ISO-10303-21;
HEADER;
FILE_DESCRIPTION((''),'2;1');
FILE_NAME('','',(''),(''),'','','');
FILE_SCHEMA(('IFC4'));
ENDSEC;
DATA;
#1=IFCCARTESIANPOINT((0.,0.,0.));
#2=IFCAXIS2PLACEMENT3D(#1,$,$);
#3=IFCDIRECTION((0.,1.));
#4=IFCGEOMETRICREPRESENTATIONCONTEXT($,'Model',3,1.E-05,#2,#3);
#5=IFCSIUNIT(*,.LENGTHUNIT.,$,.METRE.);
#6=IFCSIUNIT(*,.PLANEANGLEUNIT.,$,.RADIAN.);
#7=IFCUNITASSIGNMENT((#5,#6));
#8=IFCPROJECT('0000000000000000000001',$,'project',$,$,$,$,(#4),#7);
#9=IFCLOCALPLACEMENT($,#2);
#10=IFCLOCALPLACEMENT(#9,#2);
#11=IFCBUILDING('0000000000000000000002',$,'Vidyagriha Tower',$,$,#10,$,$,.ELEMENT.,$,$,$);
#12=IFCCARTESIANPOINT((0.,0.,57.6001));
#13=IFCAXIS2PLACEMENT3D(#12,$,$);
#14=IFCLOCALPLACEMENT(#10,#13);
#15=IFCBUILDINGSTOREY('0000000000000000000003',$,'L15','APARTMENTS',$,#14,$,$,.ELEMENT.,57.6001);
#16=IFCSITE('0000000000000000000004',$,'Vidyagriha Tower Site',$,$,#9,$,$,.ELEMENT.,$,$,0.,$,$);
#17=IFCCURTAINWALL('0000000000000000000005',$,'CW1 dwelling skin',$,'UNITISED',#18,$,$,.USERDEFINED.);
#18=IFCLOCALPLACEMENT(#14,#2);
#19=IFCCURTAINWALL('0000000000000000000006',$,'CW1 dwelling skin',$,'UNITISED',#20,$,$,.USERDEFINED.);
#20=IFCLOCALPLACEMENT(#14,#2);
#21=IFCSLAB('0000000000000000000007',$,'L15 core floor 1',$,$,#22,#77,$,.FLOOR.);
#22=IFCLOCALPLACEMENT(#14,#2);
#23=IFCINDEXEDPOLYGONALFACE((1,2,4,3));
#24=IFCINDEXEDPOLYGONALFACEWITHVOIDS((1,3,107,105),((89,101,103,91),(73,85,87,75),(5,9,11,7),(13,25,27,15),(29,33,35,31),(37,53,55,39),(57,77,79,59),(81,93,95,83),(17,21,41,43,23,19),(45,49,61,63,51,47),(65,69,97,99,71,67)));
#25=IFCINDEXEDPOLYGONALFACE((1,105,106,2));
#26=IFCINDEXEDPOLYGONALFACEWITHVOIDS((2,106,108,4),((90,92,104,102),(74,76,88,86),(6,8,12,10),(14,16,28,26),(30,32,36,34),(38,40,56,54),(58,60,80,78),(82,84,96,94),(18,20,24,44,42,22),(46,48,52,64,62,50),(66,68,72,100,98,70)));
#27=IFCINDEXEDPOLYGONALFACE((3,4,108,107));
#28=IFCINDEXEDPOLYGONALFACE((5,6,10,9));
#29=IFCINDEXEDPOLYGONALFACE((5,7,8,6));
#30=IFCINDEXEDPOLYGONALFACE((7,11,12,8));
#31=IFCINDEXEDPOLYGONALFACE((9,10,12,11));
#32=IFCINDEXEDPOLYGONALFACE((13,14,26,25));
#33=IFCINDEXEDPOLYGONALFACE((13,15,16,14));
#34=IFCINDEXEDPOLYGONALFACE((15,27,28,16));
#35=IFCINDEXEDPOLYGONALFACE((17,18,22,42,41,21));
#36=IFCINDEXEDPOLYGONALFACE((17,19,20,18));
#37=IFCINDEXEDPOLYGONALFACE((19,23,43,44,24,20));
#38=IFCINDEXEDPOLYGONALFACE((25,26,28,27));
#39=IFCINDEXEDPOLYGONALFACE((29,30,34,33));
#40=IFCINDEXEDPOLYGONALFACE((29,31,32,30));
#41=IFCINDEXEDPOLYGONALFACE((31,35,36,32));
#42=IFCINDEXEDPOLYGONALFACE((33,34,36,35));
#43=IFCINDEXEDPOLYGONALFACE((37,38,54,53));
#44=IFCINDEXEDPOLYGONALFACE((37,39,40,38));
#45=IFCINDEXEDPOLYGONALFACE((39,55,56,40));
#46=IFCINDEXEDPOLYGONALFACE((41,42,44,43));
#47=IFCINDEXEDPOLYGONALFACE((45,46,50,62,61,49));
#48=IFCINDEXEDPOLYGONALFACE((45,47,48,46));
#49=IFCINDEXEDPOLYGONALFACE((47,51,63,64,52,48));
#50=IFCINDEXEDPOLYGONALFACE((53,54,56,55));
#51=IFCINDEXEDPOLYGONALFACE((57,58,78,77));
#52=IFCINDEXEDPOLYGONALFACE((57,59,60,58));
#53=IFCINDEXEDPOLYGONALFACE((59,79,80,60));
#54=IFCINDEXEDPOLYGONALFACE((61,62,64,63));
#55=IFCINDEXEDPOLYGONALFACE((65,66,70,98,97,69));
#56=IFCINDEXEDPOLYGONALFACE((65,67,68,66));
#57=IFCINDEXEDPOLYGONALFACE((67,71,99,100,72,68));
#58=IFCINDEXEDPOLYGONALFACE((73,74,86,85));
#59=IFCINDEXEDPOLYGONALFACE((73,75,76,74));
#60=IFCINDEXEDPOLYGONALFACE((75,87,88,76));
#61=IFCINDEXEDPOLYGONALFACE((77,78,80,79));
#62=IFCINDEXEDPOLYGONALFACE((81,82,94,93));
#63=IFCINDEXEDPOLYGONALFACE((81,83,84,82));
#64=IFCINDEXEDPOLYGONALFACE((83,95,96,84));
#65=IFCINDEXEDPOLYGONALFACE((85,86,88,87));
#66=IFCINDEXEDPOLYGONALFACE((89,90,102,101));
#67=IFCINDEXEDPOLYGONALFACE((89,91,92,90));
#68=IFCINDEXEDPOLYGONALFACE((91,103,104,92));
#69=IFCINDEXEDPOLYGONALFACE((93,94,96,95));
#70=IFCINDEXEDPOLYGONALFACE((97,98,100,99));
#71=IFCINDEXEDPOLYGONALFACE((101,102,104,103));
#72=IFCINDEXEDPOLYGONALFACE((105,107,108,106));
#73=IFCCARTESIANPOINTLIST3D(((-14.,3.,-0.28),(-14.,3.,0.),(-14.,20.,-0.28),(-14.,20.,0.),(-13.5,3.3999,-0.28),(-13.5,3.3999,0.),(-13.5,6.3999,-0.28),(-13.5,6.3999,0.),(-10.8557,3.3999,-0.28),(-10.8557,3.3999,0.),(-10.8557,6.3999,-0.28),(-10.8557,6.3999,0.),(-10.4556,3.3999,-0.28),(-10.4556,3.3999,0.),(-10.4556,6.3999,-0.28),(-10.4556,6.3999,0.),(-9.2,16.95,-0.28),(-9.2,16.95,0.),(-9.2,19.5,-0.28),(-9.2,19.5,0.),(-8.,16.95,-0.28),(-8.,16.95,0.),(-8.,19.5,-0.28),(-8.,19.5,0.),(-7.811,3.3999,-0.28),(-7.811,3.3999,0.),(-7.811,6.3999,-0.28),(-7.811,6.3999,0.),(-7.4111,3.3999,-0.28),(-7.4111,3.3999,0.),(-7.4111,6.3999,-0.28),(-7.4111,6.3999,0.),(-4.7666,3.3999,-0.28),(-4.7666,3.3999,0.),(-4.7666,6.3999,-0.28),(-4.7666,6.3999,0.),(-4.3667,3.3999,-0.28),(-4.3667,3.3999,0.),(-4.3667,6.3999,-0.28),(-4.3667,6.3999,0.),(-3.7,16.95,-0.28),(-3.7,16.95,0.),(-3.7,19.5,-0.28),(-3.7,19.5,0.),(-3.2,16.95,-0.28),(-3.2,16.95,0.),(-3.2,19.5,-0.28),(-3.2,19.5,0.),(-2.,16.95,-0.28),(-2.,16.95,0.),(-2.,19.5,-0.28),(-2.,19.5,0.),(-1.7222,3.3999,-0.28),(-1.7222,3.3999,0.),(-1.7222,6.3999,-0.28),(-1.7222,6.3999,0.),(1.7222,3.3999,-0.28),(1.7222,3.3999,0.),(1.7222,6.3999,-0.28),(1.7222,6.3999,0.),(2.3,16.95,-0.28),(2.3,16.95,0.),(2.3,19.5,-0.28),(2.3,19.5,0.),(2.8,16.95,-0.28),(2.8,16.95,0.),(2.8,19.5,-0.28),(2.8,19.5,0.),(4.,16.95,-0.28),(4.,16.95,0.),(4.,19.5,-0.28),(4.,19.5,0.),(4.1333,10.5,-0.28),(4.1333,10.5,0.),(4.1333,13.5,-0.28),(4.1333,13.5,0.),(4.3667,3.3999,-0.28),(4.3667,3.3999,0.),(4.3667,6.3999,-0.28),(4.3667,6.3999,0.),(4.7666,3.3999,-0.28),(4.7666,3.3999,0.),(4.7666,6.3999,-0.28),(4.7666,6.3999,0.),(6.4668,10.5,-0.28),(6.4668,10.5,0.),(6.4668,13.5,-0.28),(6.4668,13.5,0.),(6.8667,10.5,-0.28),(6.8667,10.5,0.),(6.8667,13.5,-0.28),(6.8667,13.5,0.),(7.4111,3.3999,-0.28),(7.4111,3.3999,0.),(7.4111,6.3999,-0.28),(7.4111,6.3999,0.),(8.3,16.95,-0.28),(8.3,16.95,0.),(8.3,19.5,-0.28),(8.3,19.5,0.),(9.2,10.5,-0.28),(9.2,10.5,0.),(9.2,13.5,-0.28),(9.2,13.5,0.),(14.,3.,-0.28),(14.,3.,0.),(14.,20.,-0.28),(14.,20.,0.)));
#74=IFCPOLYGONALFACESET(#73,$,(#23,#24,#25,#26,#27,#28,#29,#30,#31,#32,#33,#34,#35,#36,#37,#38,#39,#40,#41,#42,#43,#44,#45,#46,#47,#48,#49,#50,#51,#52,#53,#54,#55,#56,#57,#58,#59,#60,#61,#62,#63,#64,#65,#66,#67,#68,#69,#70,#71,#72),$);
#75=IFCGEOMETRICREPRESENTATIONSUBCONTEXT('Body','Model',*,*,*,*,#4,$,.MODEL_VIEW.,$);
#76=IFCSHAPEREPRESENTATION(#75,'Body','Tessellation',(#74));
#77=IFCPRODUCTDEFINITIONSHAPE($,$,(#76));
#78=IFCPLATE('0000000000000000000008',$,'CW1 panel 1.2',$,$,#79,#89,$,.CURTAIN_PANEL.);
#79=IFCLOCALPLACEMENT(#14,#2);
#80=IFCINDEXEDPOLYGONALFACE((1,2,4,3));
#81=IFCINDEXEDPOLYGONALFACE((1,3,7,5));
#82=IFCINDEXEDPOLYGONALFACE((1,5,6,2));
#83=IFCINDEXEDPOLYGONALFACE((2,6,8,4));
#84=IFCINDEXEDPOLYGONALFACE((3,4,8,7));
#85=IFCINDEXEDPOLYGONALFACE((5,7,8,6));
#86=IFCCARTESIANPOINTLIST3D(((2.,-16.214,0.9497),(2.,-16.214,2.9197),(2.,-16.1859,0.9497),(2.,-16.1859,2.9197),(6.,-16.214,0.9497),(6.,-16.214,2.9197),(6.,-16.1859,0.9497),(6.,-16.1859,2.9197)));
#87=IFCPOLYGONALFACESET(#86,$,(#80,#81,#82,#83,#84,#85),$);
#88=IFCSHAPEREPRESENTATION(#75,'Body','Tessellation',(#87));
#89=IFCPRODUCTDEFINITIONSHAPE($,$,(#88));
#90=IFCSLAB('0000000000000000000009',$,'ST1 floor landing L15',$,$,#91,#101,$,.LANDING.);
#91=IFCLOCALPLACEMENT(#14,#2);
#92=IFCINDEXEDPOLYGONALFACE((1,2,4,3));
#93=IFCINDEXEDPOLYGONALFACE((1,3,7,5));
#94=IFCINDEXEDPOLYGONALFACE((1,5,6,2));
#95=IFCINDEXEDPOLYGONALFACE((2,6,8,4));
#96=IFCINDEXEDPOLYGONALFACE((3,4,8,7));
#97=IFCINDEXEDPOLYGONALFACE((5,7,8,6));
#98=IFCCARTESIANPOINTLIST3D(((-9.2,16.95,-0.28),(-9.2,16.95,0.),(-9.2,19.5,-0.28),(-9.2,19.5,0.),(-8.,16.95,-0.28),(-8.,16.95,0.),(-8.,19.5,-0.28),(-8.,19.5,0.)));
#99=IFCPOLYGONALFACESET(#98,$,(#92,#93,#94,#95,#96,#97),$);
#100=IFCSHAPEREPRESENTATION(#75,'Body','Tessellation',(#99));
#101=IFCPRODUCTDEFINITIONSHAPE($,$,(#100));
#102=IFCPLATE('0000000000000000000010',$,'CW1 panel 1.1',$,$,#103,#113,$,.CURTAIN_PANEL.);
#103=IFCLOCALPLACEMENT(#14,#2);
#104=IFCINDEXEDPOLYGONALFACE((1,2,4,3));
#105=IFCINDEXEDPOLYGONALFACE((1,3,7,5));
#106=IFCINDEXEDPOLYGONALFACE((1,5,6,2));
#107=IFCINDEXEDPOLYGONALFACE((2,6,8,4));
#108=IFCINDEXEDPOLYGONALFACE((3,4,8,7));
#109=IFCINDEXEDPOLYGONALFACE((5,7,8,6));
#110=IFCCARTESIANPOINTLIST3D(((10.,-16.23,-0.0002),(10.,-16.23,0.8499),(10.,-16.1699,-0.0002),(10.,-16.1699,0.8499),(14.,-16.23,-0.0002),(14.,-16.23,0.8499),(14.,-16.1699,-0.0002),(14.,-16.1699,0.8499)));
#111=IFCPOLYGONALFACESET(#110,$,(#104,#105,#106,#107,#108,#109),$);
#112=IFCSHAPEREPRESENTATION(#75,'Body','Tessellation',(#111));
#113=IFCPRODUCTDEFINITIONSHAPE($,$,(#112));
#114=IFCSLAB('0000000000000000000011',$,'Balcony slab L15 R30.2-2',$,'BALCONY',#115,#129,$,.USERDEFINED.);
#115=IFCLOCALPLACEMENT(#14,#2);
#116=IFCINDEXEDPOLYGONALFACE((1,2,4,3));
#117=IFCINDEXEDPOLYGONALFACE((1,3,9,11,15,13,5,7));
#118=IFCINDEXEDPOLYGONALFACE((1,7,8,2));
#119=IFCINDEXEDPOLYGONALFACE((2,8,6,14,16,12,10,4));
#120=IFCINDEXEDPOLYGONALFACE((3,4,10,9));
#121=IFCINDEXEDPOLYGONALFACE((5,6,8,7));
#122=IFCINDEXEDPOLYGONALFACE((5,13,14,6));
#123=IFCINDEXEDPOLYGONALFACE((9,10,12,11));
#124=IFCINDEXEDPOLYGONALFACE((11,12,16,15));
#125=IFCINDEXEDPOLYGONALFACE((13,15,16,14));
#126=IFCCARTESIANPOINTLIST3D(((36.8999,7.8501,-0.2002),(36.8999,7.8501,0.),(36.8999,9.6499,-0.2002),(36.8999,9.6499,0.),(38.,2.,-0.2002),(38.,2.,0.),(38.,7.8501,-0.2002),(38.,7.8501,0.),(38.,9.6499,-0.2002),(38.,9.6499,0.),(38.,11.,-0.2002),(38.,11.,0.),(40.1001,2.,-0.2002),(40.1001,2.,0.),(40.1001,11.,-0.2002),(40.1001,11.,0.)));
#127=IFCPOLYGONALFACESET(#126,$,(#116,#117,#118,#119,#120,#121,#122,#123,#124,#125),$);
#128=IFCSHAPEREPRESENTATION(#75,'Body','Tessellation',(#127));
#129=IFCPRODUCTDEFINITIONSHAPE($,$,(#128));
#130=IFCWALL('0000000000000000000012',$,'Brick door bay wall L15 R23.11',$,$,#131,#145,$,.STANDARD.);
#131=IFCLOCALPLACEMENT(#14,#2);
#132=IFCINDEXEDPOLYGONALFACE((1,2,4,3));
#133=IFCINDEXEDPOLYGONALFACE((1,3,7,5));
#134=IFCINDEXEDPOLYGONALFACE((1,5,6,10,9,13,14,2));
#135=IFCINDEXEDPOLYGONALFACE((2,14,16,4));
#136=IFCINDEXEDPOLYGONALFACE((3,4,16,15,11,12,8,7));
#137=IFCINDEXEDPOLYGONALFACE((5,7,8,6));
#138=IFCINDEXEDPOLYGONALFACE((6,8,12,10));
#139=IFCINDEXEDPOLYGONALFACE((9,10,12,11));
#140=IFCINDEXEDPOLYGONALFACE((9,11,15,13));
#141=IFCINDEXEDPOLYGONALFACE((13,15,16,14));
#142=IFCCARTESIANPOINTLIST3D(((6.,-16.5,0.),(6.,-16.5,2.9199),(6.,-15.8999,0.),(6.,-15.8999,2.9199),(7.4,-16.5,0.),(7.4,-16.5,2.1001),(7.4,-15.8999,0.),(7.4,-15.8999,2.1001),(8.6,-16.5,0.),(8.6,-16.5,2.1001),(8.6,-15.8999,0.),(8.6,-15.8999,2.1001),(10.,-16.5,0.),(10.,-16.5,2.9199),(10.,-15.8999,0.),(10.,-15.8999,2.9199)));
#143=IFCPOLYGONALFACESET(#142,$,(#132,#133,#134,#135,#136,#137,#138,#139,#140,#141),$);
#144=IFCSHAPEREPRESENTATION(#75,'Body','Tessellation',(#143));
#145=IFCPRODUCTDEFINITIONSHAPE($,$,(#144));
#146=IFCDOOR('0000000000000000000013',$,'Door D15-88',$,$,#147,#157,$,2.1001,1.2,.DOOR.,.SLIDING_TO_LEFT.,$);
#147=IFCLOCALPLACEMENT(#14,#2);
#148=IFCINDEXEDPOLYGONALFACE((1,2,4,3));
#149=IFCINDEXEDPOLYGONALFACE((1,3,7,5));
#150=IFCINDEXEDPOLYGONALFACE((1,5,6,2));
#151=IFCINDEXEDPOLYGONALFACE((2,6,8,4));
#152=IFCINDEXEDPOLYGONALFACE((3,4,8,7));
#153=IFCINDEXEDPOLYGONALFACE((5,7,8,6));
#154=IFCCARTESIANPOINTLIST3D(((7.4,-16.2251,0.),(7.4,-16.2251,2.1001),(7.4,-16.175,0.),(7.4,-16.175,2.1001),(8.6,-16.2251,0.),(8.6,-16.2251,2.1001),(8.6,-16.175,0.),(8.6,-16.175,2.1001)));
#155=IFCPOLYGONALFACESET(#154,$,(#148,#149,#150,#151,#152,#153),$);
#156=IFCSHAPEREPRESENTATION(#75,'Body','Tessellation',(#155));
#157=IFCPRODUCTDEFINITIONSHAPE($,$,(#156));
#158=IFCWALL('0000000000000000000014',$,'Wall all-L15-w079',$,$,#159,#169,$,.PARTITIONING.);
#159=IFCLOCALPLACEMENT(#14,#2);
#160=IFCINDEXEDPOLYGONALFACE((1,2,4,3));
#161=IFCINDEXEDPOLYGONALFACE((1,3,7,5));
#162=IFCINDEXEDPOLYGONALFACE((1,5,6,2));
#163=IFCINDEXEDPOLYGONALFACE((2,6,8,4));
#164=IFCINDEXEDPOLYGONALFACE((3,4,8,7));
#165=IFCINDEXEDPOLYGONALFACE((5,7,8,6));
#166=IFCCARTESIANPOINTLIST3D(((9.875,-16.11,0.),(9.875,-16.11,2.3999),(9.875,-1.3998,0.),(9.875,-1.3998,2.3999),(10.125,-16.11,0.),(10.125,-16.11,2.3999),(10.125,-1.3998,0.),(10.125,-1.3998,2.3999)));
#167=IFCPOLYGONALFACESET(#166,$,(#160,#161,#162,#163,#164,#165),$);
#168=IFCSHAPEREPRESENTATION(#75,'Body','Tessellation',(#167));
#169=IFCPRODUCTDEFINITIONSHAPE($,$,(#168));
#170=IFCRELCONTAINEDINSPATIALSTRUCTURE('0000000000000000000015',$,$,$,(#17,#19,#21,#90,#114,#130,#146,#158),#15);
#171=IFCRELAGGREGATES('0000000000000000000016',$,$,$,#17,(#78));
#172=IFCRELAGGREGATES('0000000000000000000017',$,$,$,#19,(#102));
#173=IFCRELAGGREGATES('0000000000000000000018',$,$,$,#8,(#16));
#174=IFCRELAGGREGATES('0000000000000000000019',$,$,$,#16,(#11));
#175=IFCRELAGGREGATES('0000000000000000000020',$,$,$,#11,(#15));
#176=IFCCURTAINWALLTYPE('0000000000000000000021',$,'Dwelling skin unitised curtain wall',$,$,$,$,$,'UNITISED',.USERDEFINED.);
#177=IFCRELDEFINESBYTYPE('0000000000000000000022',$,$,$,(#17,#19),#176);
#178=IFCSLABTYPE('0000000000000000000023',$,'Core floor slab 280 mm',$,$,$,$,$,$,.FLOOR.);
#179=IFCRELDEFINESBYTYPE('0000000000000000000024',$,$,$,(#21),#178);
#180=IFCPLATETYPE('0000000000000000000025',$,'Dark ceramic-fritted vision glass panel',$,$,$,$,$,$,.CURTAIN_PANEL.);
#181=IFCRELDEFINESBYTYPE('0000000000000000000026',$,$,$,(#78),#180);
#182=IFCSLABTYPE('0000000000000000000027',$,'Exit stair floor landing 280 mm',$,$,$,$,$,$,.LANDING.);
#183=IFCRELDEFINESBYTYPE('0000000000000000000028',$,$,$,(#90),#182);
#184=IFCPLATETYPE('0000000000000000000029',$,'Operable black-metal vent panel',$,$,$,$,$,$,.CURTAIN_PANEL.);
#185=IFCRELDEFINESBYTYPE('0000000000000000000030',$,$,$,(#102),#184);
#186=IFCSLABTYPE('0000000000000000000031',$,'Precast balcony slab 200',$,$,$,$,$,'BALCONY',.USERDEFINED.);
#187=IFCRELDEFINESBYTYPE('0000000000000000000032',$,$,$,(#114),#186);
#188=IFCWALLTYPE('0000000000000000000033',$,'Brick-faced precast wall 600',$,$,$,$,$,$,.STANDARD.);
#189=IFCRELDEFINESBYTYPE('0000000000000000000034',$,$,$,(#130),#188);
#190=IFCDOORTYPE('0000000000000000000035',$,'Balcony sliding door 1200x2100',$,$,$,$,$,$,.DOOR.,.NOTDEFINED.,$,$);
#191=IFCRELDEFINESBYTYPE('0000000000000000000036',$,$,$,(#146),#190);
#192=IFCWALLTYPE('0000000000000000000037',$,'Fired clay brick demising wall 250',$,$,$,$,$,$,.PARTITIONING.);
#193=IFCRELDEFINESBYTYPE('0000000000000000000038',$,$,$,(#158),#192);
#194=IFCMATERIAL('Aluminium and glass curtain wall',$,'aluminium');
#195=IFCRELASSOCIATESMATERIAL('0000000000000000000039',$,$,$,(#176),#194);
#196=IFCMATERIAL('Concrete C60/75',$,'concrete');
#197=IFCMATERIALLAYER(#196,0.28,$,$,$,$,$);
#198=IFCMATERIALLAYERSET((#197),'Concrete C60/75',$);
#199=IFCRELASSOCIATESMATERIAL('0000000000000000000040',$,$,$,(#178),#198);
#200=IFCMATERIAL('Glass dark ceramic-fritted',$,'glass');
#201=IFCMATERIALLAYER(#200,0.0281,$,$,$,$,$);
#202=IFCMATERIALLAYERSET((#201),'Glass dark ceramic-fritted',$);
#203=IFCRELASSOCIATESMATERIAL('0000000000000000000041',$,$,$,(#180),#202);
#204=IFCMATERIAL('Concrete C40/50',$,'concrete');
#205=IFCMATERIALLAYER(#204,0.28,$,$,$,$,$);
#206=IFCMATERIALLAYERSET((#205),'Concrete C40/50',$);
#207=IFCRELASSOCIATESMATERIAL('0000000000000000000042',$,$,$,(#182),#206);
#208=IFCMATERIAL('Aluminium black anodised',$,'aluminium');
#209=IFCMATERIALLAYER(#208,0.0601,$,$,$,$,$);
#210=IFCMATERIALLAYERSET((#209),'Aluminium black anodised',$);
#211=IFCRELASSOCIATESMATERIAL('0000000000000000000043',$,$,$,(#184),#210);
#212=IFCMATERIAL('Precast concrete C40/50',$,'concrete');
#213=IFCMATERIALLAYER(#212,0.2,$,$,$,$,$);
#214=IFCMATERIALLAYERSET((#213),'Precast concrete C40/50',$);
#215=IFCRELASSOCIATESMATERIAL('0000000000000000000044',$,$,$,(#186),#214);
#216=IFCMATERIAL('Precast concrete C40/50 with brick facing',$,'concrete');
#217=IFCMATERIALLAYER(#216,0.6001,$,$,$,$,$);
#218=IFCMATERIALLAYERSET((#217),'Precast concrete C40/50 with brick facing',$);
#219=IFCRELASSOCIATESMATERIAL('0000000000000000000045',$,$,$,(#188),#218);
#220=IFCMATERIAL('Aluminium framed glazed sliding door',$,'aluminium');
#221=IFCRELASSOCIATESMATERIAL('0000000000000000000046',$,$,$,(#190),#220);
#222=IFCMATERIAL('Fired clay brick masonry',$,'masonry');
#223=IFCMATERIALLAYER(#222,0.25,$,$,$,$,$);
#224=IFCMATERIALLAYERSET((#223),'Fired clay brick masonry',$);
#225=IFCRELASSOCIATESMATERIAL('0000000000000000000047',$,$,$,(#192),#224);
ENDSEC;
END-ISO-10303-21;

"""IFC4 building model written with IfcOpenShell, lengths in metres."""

from ifc_helpers import new_model, si_unit, direction, frame, frame_2d, origin, origin_2d, place, context, subcontext, project, spatial, polyline, rectangle, outline, extrude, material, layer, layer_set, type_object, element, fill, aggregate, save


model = new_model("IFC4")

# Units and contexts
model_context = context("Model", 3, precision=1e-05, world=origin(), true_north=direction((0.0, 1.0)))
body_context = subcontext(model_context, "Body", "Model", "MODEL_VIEW")
ifc_project = project(units=[si_unit("LENGTHUNIT", "METRE"), si_unit("PLANEANGLEUNIT", "RADIAN")], contexts=[model_context])

# Site, building, storey
site_placement = place(None, origin())
site = spatial("IfcSite", under=ifc_project, at=site_placement, Name="Vidyagriha Tower Site", CompositionType="ELEMENT", RefElevation=0.0)
building_placement = place(site_placement, origin())
building = spatial("IfcBuilding", under=site, at=building_placement, Name="Vidyagriha Tower", CompositionType="ELEMENT")
storey_placement = place(building_placement, frame((0.0, 0.0, 57.6001)))
storey = spatial("IfcBuildingStorey", under=building, at=storey_placement, Name="L15", Description="APARTMENTS", CompositionType="ELEMENT", Elevation=57.6001)

# Curtain walls
ifc_material_1 = material(Name="Aluminium and glass curtain wall", Category="aluminium")
curtain_wall_type = type_object("IfcCurtainWallType", Name="Dwelling skin unitised curtain wall", ElementType="UNITISED", PredefinedType="USERDEFINED", material=ifc_material_1)
curtain_wall_1_placement = place(storey_placement, origin())
curtain_wall_1 = element("IfcCurtainWall", 1, at=curtain_wall_1_placement, inside=storey, type_object=curtain_wall_type, Name="CW1 dwelling skin", ObjectType="UNITISED", PredefinedType="USERDEFINED")
curtain_wall_2_placement = place(storey_placement, origin())
curtain_wall_2 = element("IfcCurtainWall", 2, at=curtain_wall_2_placement, inside=storey, type_object=curtain_wall_type, Name="CW1 dwelling skin", ObjectType="UNITISED", PredefinedType="USERDEFINED")

# Slab
ifc_material_2 = material(Name="Concrete C60/75", Category="concrete")
ifc_layer_1 = layer(ifc_material_2, 0.28)
ifc_layer_set_1 = layer_set([ifc_layer_1], Name="Concrete C60/75")
slab_type_1 = type_object("IfcSlabType", Name="Core floor slab 280 mm", PredefinedType="FLOOR", material=ifc_layer_set_1)
slab_1_placement = place(storey_placement, frame((0.0, 0.0, -0.28)))
element("IfcSlab", 3, at=slab_1_placement, inside=storey, type_object=slab_type_1, Name="L15 core floor 1", PredefinedType="FLOOR", context=body_context, shape_type="SweptSolid", body=[
    extrude(outline(polyline([(-14.0, 3.0), (-14.0, 20.0), (14.0, 20.0), (14.0, 3.0), (-14.0, 3.0)]), holes=[polyline([(9.2, 13.5), (6.8667, 13.5), (6.8667, 10.5), (9.2, 10.5), (9.2, 13.5)]), polyline([(4.0, 19.5), (2.8, 19.5), (2.8, 16.95), (4.0, 16.95), (8.3, 16.95), (8.3, 19.5), (4.0, 19.5)]), polyline([(7.4111, 6.3999), (4.7666, 6.3999), (4.7666, 3.3999), (7.4111, 3.3999), (7.4111, 6.3999)]), polyline([(6.4668, 13.5), (4.1333, 13.5), (4.1333, 10.5), (6.4668, 10.5), (6.4668, 13.5)]), polyline([(1.7222, 6.3999), (1.7222, 3.3999), (4.3667, 3.3999), (4.3667, 6.3999), (1.7222, 6.3999)]), polyline([(-2.0, 16.95), (2.3, 16.95), (2.3, 19.5), (-2.0, 19.5), (-3.2, 19.5), (-3.2, 16.95), (-2.0, 16.95)]), polyline([(-1.7222, 6.3999), (-4.3667, 6.3999), (-4.3667, 3.3999), (-1.7222, 3.3999), (-1.7222, 6.3999)]), polyline([(-8.0, 19.5), (-9.2, 19.5), (-9.2, 16.95), (-8.0, 16.95), (-3.7, 16.95), (-3.7, 19.5), (-8.0, 19.5)]), polyline([(-4.7666, 6.3999), (-7.4111, 6.3999), (-7.4111, 3.3999), (-4.7666, 3.3999), (-4.7666, 6.3999)]), polyline([(-7.811, 6.3999), (-10.4556, 6.3999), (-10.4556, 3.3999), (-7.811, 3.3999), (-7.811, 6.3999)]), polyline([(-13.5, 6.3999), (-13.5, 3.3999), (-10.8557, 3.3999), (-10.8557, 6.3999), (-13.5, 6.3999)])]), origin(), (0.0, 0.0, 1.0), 0.28),
])

# Plate
ifc_material_3 = material(Name="Glass dark ceramic-fritted", Category="glass")
ifc_layer_2 = layer(ifc_material_3, 0.0281)
ifc_layer_set_2 = layer_set([ifc_layer_2], Name="Glass dark ceramic-fritted")
plate_type_1 = type_object("IfcPlateType", Name="Dark ceramic-fritted vision glass panel", PredefinedType="CURTAIN_PANEL", material=ifc_layer_set_2)
plate_1_placement = place(storey_placement, frame((4.0, -16.2, 0.9497)))
plate_1 = element("IfcPlate", 4, at=plate_1_placement, type_object=plate_type_1, Name="CW1 panel 1.2", PredefinedType="CURTAIN_PANEL", context=body_context, shape_type="SweptSolid", body=[
    extrude(rectangle(XDim=4.0, YDim=0.0281, at=origin_2d()), origin(), (0.0, 0.0, 1.0), 1.97),
])
aggregate(curtain_wall_1, [plate_1])

# Slab
ifc_material_4 = material(Name="Concrete C40/50", Category="concrete")
ifc_layer_3 = layer(ifc_material_4, 0.28)
ifc_layer_set_3 = layer_set([ifc_layer_3], Name="Concrete C40/50")
slab_type_2 = type_object("IfcSlabType", Name="Exit stair floor landing 280 mm", PredefinedType="LANDING", material=ifc_layer_set_3)
slab_2_placement = place(storey_placement, frame((0.0, 0.0, -0.28)))
element("IfcSlab", 5, at=slab_2_placement, inside=storey, type_object=slab_type_2, Name="ST1 floor landing L15", PredefinedType="LANDING", context=body_context, shape_type="SweptSolid", body=[
    extrude(outline(polyline([(-9.2, 16.95), (-8.0, 16.95), (-8.0, 19.5), (-9.2, 19.5), (-9.2, 16.95)])), origin(), (0.0, 0.0, 1.0), 0.28),
])

# Plate
ifc_material_5 = material(Name="Aluminium black anodised", Category="aluminium")
ifc_layer_4 = layer(ifc_material_5, 0.0601)
ifc_layer_set_4 = layer_set([ifc_layer_4], Name="Aluminium black anodised")
plate_type_2 = type_object("IfcPlateType", Name="Operable black-metal vent panel", PredefinedType="CURTAIN_PANEL", material=ifc_layer_set_4)
plate_2_placement = place(storey_placement, frame((12.0, -16.2, -0.0002)))
plate_2 = element("IfcPlate", 6, at=plate_2_placement, type_object=plate_type_2, Name="CW1 panel 1.1", PredefinedType="CURTAIN_PANEL", context=body_context, shape_type="SweptSolid", body=[
    extrude(rectangle(XDim=4.0, YDim=0.0601, at=origin_2d()), origin(), (0.0, 0.0, 1.0), 0.8501),
])
aggregate(curtain_wall_2, [plate_2])

# Slab
ifc_material_6 = material(Name="Precast concrete C40/50", Category="concrete")
ifc_layer_5 = layer(ifc_material_6, 0.2)
ifc_layer_set_5 = layer_set([ifc_layer_5], Name="Precast concrete C40/50")
slab_type_3 = type_object("IfcSlabType", Name="Precast balcony slab 200", ElementType="BALCONY", PredefinedType="USERDEFINED", material=ifc_layer_set_5)
slab_3_placement = place(storey_placement, frame((0.0, 0.0, -0.2002)))
element("IfcSlab", 7, at=slab_3_placement, inside=storey, type_object=slab_type_3, Name="Balcony slab L15 R30.2-2", ObjectType="BALCONY", PredefinedType="USERDEFINED", context=body_context, shape_type="SweptSolid", body=[
    extrude(outline(polyline([(38.0, 7.8501), (38.0, 2.0), (40.1001, 2.0), (40.1001, 11.0), (38.0, 11.0), (38.0, 9.6499), (36.8999, 9.6499), (36.8999, 7.8501), (38.0, 7.8501)])), origin(), (0.0, 0.0, 1.0), 0.2002),
])

# Wall, opening, door
ifc_material_7 = material(Name="Precast concrete C40/50 with brick facing", Category="concrete")
ifc_layer_6 = layer(ifc_material_7, 0.6001)
ifc_layer_set_6 = layer_set([ifc_layer_6], Name="Precast concrete C40/50 with brick facing")
wall_type_1 = type_object("IfcWallType", Name="Brick-faced precast wall 600", PredefinedType="STANDARD", material=ifc_layer_set_6)
wall_1_placement = place(storey_placement, frame((6.0, -16.2, 0.0)))
wall_1 = element("IfcWall", 8, at=wall_1_placement, inside=storey, type_object=wall_type_1, Name="Brick door bay wall L15 R23.11", PredefinedType="STANDARD", context=body_context, shape_type="SweptSolid", body=[
    extrude(rectangle(XDim=4.0, YDim=0.6001, at=frame_2d((2.0, 0.0))), origin(), (0.0, 0.0, 1.0), 2.9199),
])
opening_1_placement = place(wall_1_placement, frame((1.3999, 0.0, 0.0)))
opening_1 = element("IfcOpeningElement", 9, at=opening_1_placement, cuts=wall_1, PredefinedType="OPENING", context=body_context, shape_type="SweptSolid", body=[
    extrude(rectangle(XDim=1.2, YDim=2.1001, at=frame_2d((0.6001, 1.05))), frame((0.0, 0.3101, 0.0), z_axis=(0.0, -1.0, 0.0), x_axis=(1.0, 0.0, 0.0)), (0.0, 0.0, 1.0), 0.6201),
])
ifc_material_8 = material(Name="Aluminium framed glazed sliding door", Category="aluminium")
door_type_1 = type_object("IfcDoorType", Name="Balcony sliding door 1200x2100", OperationType="NOTDEFINED", PredefinedType="DOOR", material=ifc_material_8)
door_1_placement = place(opening_1_placement, origin())
door_1 = element("IfcDoor", 10, at=door_1_placement, inside=storey, type_object=door_type_1, Name="Door D15-88", OperationType="SLIDING_TO_LEFT", OverallHeight=2.1001, OverallWidth=1.2, PredefinedType="DOOR", context=body_context, shape_type="SweptSolid", body=[
    extrude(rectangle(XDim=1.2, YDim=2.1001, at=frame_2d((0.6001, 1.05))), frame((0.0, 0.0249, 0.0), z_axis=(0.0, -1.0, 0.0), x_axis=(1.0, 0.0, 0.0)), (0.0, 0.0, 1.0), 0.05),
])
fill(opening_1, door_1)

# Wall
ifc_material_9 = material(Name="Fired clay brick masonry", Category="masonry")
ifc_layer_7 = layer(ifc_material_9, 0.25)
ifc_layer_set_7 = layer_set([ifc_layer_7], Name="Fired clay brick masonry")
wall_type_2 = type_object("IfcWallType", Name="Fired clay brick demising wall 250", PredefinedType="PARTITIONING", material=ifc_layer_set_7)
wall_2_placement = place(storey_placement, frame((10.0, -1.3999, 0.0), z_axis=(0.0, 0.0, 1.0), x_axis=(0.0, -1.0, 0.0)))
element("IfcWall", 11, at=wall_2_placement, inside=storey, type_object=wall_type_2, Name="Wall all-L15-w079", PredefinedType="PARTITIONING", context=body_context, shape_type="SweptSolid", body=[
    extrude(rectangle(XDim=14.7102, YDim=0.25, at=frame_2d((7.355, 0.0))), origin(), (0.0, 0.0, 1.0), 2.3999),
])

save(model, "model.ifc")
